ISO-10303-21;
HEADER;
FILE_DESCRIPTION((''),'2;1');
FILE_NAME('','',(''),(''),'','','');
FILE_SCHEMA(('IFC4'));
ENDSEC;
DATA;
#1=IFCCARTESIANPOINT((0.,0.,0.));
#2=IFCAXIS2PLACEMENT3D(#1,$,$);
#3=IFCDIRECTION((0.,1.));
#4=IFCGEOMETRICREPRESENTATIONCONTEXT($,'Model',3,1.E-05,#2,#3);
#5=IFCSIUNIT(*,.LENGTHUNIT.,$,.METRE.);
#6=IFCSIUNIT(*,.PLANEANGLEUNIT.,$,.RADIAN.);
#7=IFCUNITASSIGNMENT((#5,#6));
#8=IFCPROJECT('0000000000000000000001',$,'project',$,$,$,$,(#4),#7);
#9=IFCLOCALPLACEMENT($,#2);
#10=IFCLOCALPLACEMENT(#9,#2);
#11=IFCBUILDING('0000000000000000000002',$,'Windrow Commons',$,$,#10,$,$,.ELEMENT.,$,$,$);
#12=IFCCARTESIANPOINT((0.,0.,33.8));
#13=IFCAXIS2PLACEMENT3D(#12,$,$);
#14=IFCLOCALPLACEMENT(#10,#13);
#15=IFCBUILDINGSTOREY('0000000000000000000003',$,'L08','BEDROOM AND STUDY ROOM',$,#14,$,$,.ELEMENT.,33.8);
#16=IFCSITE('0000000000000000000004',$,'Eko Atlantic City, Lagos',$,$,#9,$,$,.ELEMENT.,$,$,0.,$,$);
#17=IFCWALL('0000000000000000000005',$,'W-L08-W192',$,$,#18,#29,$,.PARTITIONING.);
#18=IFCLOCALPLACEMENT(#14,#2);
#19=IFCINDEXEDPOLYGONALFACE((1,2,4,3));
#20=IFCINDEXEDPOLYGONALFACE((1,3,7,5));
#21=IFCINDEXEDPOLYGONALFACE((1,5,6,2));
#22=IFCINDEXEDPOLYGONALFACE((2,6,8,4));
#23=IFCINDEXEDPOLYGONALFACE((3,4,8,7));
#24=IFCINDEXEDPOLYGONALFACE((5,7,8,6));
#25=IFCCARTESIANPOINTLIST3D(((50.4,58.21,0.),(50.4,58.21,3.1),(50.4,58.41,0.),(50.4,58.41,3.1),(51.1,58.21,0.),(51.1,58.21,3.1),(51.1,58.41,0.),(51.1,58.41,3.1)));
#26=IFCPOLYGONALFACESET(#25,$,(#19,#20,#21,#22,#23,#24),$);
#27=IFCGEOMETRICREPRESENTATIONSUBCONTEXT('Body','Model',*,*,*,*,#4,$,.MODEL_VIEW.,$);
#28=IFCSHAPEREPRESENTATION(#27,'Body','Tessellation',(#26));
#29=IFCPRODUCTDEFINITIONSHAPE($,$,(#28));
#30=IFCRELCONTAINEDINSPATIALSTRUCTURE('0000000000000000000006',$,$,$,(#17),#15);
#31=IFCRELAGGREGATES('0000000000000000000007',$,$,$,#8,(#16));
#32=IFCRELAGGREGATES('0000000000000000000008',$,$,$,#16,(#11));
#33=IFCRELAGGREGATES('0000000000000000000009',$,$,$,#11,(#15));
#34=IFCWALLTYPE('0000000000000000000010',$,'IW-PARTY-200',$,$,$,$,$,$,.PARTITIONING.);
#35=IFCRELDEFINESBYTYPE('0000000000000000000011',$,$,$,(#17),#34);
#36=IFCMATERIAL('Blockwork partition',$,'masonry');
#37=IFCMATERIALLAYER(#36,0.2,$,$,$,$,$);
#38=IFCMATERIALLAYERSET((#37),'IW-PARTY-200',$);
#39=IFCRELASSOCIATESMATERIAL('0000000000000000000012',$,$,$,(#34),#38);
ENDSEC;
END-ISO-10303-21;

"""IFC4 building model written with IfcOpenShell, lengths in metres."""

from ifc_helpers import new_model, si_unit, direction, frame, frame_2d, origin, place, context, subcontext, project, spatial, rectangle, extrude, material, layer, layer_set, type_object, element, save


model = new_model("IFC4")

# Units and contexts
model_context = context("Model", 3, precision=1e-05, world=origin(), true_north=direction((0.0, 1.0)))
body_context = subcontext(model_context, "Body", "Model", "MODEL_VIEW")
ifc_project = project(units=[si_unit("LENGTHUNIT", "METRE"), si_unit("PLANEANGLEUNIT", "RADIAN")], contexts=[model_context])

# Site, building, storey
site_placement = place(None, origin())
site = spatial("IfcSite", under=ifc_project, at=site_placement, Name="Eko Atlantic City, Lagos", CompositionType="ELEMENT", RefElevation=0.0)
building_placement = place(site_placement, origin())
building = spatial("IfcBuilding", under=site, at=building_placement, Name="Windrow Commons", CompositionType="ELEMENT")
storey_placement = place(building_placement, frame((0.0, 0.0, 33.8)))
storey = spatial("IfcBuildingStorey", under=building, at=storey_placement, Name="L08", Description="BEDROOM AND STUDY ROOM", CompositionType="ELEMENT", Elevation=33.8)

# Wall
ifc_material_1 = material(Name="Blockwork partition", Category="masonry")
ifc_layer_1 = layer(ifc_material_1, 0.2)
ifc_layer_set_1 = layer_set([ifc_layer_1], Name="IW-PARTY-200")
wall_type_1 = type_object("IfcWallType", Name="IW-PARTY-200", PredefinedType="PARTITIONING", material=ifc_layer_set_1)
wall_1_placement = place(storey_placement, frame((50.4, 58.31, 0.0), z_axis=(0.0, 0.0, 1.0), x_axis=(1.0, 0.0, 0.0)))
element("IfcWall", 1, at=wall_1_placement, inside=storey, type_object=wall_type_1, Name="W-L08-W192", PredefinedType="PARTITIONING", context=body_context, shape_type="SweptSolid", body=[
    extrude(rectangle(XDim=0.7, YDim=0.2, at=frame_2d((0.35, 0.0))), origin(), (0.0, 0.0, 1.0), 3.1),
])

save(model, "model.ifc")
